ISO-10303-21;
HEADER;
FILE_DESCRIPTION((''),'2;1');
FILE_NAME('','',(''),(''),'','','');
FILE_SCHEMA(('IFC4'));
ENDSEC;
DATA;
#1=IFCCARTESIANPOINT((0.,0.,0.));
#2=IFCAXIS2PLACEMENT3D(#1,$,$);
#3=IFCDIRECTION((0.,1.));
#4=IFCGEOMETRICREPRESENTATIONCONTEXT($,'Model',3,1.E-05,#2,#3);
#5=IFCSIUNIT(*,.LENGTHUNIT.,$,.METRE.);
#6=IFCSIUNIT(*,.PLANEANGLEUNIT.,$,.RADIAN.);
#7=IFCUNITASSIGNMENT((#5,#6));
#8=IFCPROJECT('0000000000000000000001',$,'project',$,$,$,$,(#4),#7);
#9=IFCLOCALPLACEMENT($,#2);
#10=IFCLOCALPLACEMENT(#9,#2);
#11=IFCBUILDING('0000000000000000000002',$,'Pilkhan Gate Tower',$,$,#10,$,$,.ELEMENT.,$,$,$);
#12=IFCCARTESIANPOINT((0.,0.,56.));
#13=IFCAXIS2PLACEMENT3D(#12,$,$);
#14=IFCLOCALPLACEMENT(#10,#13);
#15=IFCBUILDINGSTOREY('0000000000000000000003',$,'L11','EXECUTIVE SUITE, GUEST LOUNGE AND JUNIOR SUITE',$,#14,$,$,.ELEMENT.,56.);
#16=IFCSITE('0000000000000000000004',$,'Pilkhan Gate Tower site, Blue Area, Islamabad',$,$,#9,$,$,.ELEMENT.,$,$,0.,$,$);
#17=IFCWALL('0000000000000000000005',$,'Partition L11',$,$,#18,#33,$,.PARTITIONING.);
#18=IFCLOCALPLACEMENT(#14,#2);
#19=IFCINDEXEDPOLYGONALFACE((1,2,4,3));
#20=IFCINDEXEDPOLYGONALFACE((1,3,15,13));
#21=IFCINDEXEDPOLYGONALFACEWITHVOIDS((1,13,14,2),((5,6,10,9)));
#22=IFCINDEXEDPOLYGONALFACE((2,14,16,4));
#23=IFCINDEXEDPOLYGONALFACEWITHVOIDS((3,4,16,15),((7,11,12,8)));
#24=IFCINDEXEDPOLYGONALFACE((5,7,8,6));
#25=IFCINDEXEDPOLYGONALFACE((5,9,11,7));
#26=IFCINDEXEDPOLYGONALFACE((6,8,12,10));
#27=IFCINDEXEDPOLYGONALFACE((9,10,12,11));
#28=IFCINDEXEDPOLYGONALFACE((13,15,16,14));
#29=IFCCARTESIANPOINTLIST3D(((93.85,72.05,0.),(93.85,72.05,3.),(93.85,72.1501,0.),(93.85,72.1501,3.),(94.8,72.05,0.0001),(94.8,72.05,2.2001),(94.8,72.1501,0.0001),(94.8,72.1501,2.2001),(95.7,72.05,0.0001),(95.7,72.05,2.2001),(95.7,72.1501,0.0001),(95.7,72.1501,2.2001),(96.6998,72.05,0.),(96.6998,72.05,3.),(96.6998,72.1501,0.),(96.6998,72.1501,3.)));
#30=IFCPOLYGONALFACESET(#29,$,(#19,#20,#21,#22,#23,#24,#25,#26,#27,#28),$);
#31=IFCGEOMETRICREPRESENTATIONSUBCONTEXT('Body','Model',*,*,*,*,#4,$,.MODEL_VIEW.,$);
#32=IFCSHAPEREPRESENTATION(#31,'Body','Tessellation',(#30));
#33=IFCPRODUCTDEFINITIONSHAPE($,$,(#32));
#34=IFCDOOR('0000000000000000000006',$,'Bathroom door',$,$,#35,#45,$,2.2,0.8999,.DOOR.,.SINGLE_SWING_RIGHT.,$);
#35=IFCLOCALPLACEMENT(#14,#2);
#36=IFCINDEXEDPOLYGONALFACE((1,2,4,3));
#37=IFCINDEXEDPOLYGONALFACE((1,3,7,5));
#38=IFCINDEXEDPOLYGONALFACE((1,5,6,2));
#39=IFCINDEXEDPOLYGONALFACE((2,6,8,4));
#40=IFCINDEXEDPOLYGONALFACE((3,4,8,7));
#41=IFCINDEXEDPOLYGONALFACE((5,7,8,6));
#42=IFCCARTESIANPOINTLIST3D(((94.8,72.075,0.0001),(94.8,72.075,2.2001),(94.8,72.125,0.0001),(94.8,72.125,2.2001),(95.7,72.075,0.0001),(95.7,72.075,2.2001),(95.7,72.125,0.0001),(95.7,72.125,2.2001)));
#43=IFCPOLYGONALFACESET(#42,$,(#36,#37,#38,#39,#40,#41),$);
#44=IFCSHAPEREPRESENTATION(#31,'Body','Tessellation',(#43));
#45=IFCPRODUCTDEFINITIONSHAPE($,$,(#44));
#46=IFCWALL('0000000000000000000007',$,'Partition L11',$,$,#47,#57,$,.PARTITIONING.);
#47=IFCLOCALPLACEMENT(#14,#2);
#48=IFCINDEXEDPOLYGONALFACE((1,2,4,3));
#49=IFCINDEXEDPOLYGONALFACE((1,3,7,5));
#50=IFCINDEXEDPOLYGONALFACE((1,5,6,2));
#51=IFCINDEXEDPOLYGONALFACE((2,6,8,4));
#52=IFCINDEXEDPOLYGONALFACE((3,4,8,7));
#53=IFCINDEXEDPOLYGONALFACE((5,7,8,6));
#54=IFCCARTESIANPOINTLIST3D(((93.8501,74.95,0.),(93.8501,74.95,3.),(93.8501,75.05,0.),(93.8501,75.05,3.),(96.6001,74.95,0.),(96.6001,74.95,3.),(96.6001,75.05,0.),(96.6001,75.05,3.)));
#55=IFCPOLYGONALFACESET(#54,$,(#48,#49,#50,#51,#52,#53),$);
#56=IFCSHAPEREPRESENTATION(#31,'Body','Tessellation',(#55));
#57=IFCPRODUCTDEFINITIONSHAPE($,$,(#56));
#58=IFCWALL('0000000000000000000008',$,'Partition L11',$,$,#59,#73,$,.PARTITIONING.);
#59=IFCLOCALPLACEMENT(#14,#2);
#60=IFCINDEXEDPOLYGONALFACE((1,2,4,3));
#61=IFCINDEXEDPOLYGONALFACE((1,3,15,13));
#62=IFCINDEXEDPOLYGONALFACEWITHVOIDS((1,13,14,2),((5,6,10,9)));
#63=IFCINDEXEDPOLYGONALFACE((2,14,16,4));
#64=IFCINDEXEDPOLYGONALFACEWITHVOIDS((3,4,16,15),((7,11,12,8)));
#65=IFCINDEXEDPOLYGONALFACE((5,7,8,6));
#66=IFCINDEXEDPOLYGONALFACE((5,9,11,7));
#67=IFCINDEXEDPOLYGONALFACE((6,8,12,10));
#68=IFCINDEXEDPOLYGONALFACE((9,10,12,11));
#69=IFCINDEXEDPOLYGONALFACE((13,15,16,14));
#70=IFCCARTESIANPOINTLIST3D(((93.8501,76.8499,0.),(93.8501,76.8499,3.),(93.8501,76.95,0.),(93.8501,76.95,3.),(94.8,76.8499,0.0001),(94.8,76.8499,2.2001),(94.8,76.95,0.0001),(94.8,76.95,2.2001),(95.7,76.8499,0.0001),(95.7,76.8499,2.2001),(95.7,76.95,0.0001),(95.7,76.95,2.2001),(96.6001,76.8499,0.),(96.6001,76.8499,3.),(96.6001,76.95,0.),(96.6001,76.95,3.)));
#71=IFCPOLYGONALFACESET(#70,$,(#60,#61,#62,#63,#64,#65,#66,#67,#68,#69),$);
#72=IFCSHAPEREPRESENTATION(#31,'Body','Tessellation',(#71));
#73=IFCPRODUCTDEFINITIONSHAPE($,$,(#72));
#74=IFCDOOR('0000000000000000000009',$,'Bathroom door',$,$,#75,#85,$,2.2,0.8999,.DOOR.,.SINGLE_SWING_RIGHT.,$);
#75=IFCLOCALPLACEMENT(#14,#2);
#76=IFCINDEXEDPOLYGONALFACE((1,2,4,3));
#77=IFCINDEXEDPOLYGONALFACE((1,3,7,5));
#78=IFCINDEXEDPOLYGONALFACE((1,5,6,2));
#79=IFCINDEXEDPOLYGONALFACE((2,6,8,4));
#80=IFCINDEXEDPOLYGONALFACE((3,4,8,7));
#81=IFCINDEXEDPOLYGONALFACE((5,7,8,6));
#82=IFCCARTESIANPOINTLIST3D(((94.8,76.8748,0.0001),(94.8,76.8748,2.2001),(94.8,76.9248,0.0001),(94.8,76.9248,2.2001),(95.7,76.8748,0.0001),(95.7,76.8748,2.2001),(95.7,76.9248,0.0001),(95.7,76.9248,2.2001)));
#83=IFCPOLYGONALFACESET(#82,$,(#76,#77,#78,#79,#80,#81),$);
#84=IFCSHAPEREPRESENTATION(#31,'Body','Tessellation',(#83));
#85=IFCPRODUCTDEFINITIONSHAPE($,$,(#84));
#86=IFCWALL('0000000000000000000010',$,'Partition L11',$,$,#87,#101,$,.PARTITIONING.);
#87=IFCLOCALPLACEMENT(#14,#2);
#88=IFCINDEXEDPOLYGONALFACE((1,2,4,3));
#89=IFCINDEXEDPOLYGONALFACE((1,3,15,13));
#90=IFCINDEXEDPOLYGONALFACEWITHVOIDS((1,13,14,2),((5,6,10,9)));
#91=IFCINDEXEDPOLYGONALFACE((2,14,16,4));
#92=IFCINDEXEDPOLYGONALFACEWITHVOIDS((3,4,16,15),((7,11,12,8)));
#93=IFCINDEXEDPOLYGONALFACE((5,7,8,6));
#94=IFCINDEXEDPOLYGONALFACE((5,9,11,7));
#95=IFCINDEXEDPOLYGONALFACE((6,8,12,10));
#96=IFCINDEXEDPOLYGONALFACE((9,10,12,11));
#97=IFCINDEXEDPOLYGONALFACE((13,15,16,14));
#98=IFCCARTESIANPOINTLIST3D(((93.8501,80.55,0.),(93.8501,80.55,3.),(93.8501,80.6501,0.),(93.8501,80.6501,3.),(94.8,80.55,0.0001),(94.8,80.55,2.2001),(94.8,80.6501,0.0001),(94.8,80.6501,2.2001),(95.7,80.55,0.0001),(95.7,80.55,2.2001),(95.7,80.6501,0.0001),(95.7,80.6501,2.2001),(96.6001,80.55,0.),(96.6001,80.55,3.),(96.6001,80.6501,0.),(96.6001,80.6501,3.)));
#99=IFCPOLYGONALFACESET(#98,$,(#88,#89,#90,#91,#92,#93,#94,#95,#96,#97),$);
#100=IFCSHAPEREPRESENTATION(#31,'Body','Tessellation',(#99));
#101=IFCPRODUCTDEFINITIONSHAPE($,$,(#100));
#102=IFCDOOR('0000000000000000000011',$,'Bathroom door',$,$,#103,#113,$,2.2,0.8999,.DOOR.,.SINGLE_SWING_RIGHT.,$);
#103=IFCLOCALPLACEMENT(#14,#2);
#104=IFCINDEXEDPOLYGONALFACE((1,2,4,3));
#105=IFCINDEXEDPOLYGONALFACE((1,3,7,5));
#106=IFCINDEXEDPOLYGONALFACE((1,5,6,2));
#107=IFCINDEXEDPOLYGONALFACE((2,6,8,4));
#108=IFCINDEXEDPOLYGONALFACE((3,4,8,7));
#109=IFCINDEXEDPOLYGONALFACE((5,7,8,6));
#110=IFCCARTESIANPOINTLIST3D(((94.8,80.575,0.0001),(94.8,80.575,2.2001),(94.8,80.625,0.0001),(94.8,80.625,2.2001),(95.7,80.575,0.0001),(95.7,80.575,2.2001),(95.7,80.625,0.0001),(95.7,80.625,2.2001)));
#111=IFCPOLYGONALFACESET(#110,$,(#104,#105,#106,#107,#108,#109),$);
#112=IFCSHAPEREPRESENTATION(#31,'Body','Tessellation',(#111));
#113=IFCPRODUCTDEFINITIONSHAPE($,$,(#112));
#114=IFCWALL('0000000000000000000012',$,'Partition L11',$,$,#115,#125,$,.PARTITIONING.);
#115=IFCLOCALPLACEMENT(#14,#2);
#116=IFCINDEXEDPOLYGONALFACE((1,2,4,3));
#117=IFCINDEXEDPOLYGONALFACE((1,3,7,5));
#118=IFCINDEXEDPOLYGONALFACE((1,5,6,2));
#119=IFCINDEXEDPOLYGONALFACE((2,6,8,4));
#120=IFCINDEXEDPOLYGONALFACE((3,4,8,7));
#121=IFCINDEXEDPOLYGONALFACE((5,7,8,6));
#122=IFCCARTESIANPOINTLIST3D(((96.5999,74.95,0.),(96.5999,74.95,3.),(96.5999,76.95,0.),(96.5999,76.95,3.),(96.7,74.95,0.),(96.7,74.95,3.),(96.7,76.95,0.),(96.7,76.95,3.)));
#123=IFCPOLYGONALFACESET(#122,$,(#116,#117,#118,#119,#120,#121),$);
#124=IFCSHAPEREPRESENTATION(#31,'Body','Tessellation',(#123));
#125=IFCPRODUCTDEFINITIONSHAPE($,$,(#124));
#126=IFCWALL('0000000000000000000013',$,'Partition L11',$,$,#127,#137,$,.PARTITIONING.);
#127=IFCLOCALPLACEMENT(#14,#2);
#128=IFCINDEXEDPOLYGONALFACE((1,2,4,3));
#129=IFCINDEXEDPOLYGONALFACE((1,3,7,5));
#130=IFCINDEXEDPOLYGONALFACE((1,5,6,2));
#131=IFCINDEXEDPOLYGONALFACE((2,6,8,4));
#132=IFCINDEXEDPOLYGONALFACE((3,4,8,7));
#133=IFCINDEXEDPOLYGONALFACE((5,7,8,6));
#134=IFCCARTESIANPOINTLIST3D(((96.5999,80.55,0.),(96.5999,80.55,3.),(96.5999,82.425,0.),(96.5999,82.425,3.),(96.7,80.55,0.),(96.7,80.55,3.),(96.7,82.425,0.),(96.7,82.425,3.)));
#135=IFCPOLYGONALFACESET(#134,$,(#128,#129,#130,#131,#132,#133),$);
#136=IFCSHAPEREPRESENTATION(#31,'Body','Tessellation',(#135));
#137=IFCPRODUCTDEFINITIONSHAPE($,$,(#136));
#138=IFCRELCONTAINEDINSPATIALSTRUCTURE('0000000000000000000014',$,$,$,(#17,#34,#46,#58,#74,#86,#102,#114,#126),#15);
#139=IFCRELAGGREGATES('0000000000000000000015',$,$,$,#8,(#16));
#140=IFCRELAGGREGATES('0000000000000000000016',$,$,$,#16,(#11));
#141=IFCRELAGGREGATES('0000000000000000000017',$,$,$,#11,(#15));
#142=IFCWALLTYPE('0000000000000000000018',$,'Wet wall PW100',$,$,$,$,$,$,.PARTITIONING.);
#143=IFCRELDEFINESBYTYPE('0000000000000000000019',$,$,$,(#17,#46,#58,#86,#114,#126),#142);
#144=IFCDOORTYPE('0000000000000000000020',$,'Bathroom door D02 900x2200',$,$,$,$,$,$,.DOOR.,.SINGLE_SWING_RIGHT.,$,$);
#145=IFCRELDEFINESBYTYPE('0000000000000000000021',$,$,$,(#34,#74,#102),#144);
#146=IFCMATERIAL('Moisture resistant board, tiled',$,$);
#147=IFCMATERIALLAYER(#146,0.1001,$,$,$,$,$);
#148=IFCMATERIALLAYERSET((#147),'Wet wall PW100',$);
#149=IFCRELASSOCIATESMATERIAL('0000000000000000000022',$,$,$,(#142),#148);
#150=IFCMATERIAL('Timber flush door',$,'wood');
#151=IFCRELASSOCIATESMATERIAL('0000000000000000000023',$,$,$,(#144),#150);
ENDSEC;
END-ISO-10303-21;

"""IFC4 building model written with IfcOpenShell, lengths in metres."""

from ifc_helpers import new_model, si_unit, direction, frame, frame_2d, origin, place, context, subcontext, project, spatial, rectangle, extrude, material, layer, layer_set, type_object, element, fill, save


model = new_model("IFC4")

# Units and contexts
model_context = context("Model", 3, precision=1e-05, world=origin(), true_north=direction((0.0, 1.0)))
body_context = subcontext(model_context, "Body", "Model", "MODEL_VIEW")
ifc_project = project(units=[si_unit("LENGTHUNIT", "METRE"), si_unit("PLANEANGLEUNIT", "RADIAN")], contexts=[model_context])

# Site, building, storey
site_placement = place(None, origin())
site = spatial("IfcSite", under=ifc_project, at=site_placement, Name="Pilkhan Gate Tower site, Blue Area, Islamabad", CompositionType="ELEMENT", RefElevation=0.0)
building_placement = place(site_placement, origin())
building = spatial("IfcBuilding", under=site, at=building_placement, Name="Pilkhan Gate Tower", CompositionType="ELEMENT")
storey_placement = place(building_placement, frame((0.0, 0.0, 56.0)))
storey = spatial("IfcBuildingStorey", under=building, at=storey_placement, Name="L11", Description="EXECUTIVE SUITE, GUEST LOUNGE AND JUNIOR SUITE", CompositionType="ELEMENT", Elevation=56.0)

# Wall, opening, door
ifc_material_1 = material(Name="Moisture resistant board, tiled")
ifc_layer_1 = layer(ifc_material_1, 0.1001)
ifc_layer_set_1 = layer_set([ifc_layer_1], Name="Wet wall PW100")
wall_type_1 = type_object("IfcWallType", Name="Wet wall PW100", PredefinedType="PARTITIONING", material=ifc_layer_set_1)
wall_1_placement = place(storey_placement, frame((93.8501, 72.1001, 0.0), z_axis=(0.0, 0.0, 1.0), x_axis=(1.0, 0.0, 0.0)))
wall_1 = element("IfcWall", 1, at=wall_1_placement, inside=storey, type_object=wall_type_1, Name="Partition L11", PredefinedType="PARTITIONING", context=body_context, shape_type="SweptSolid", body=[
    extrude(rectangle(XDim=2.8499, YDim=0.1001, at=frame_2d((1.4248, 0.0))), origin(), (0.0, 0.0, 1.0), 3.0),
])
opening_1_placement = place(wall_1_placement, frame((0.95, 0.0, 0.0)))
opening_1 = element("IfcOpeningElement", 2, at=opening_1_placement, cuts=wall_1, PredefinedType="OPENING", context=body_context, shape_type="SweptSolid", body=[
    extrude(rectangle(XDim=0.8999, YDim=2.2, at=frame_2d((0.45, 1.1001))), frame((0.0, 0.0601, 0.0), z_axis=(0.0, -1.0, 0.0), x_axis=(1.0, 0.0, 0.0)), (0.0, 0.0, 1.0), 0.1201),
])
ifc_material_2 = material(Name="Timber flush door", Category="wood")
door_type_1 = type_object("IfcDoorType", Name="Bathroom door D02 900x2200", OperationType="SINGLE_SWING_RIGHT", PredefinedType="DOOR", material=ifc_material_2)
door_1_placement = place(opening_1_placement, origin())
door_1 = element("IfcDoor", 3, at=door_1_placement, inside=storey, type_object=door_type_1, Name="Bathroom door", OperationType="SINGLE_SWING_RIGHT", OverallHeight=2.2, OverallWidth=0.8999, PredefinedType="DOOR", context=body_context, shape_type="SweptSolid", body=[
    extrude(rectangle(XDim=0.8999, YDim=2.2, at=frame_2d((0.45, 1.1001))), frame((0.0, 0.0249, 0.0), z_axis=(0.0, -1.0, 0.0), x_axis=(1.0, 0.0, 0.0)), (0.0, 0.0, 1.0), 0.05),
])
fill(opening_1, door_1)

# Wall
wall_2_placement = place(storey_placement, frame((93.8501, 75.0, 0.0), z_axis=(0.0, 0.0, 1.0), x_axis=(1.0, 0.0, 0.0)))
element("IfcWall", 4, at=wall_2_placement, inside=storey, type_object=wall_type_1, Name="Partition L11", PredefinedType="PARTITIONING", context=body_context, shape_type="SweptSolid", body=[
    extrude(rectangle(XDim=2.75, YDim=0.1001, at=frame_2d((1.375, 0.0))), origin(), (0.0, 0.0, 1.0), 3.0),
])

# Walls, openings, doors
wall_3_placement = place(storey_placement, frame((93.8501, 76.8999, 0.0), z_axis=(0.0, 0.0, 1.0), x_axis=(1.0, 0.0, 0.0)))
wall_3 = element("IfcWall", 5, at=wall_3_placement, inside=storey, type_object=wall_type_1, Name="Partition L11", PredefinedType="PARTITIONING", context=body_context, shape_type="SweptSolid", body=[
    extrude(rectangle(XDim=2.75, YDim=0.1001, at=frame_2d((1.375, 0.0))), origin(), (0.0, 0.0, 1.0), 3.0),
])
opening_2_placement = place(wall_3_placement, frame((0.95, 0.0, 0.0)))
opening_2 = element("IfcOpeningElement", 6, at=opening_2_placement, cuts=wall_3, PredefinedType="OPENING", context=body_context, shape_type="SweptSolid", body=[
    extrude(rectangle(XDim=0.8999, YDim=2.2, at=frame_2d((0.45, 1.1001))), frame((0.0, 0.0601, 0.0), z_axis=(0.0, -1.0, 0.0), x_axis=(1.0, 0.0, 0.0)), (0.0, 0.0, 1.0), 0.1201),
])
door_2_placement = place(opening_2_placement, origin())
door_2 = element("IfcDoor", 7, at=door_2_placement, inside=storey, type_object=door_type_1, Name="Bathroom door", OperationType="SINGLE_SWING_RIGHT", OverallHeight=2.2, OverallWidth=0.8999, PredefinedType="DOOR", context=body_context, shape_type="SweptSolid", body=[
    extrude(rectangle(XDim=0.8999, YDim=2.2, at=frame_2d((0.45, 1.1001))), frame((0.0, 0.0249, 0.0), z_axis=(0.0, -1.0, 0.0), x_axis=(1.0, 0.0, 0.0)), (0.0, 0.0, 1.0), 0.05),
])
fill(opening_2, door_2)
wall_4_placement = place(storey_placement, frame((93.8501, 80.6001, 0.0), z_axis=(0.0, 0.0, 1.0), x_axis=(1.0, 0.0, 0.0)))
wall_4 = element("IfcWall", 8, at=wall_4_placement, inside=storey, type_object=wall_type_1, Name="Partition L11", PredefinedType="PARTITIONING", context=body_context, shape_type="SweptSolid", body=[
    extrude(rectangle(XDim=2.75, YDim=0.1001, at=frame_2d((1.375, 0.0))), origin(), (0.0, 0.0, 1.0), 3.0),
])
opening_3_placement = place(wall_4_placement, frame((0.95, 0.0, 0.0)))
opening_3 = element("IfcOpeningElement", 9, at=opening_3_placement, cuts=wall_4, PredefinedType="OPENING", context=body_context, shape_type="SweptSolid", body=[
    extrude(rectangle(XDim=0.8999, YDim=2.2, at=frame_2d((0.45, 1.1001))), frame((0.0, 0.0601, 0.0), z_axis=(0.0, -1.0, 0.0), x_axis=(1.0, 0.0, 0.0)), (0.0, 0.0, 1.0), 0.1201),
])
door_3_placement = place(opening_3_placement, origin())
door_3 = element("IfcDoor", 10, at=door_3_placement, inside=storey, type_object=door_type_1, Name="Bathroom door", OperationType="SINGLE_SWING_RIGHT", OverallHeight=2.2, OverallWidth=0.8999, PredefinedType="DOOR", context=body_context, shape_type="SweptSolid", body=[
    extrude(rectangle(XDim=0.8999, YDim=2.2, at=frame_2d((0.45, 1.1001))), frame((0.0, 0.0249, 0.0), z_axis=(0.0, -1.0, 0.0), x_axis=(1.0, 0.0, 0.0)), (0.0, 0.0, 1.0), 0.05),
])
fill(opening_3, door_3)

# Walls
wall_5_placement = place(storey_placement, frame((96.6499, 74.95, 0.0), z_axis=(0.0, 0.0, 1.0), x_axis=(0.0, 1.0, 0.0)))
element("IfcWall", 11, at=wall_5_placement, inside=storey, type_object=wall_type_1, Name="Partition L11", PredefinedType="PARTITIONING", context=body_context, shape_type="SweptSolid", body=[
    extrude(rectangle(XDim=2.0, YDim=0.1001, at=frame_2d((1.0, 0.0))), origin(), (0.0, 0.0, 1.0), 3.0),
])
wall_6_placement = place(storey_placement, frame((96.6499, 80.55, 0.0), z_axis=(0.0, 0.0, 1.0), x_axis=(0.0, 1.0, 0.0)))
element("IfcWall", 12, at=wall_6_placement, inside=storey, type_object=wall_type_1, Name="Partition L11", PredefinedType="PARTITIONING", context=body_context, shape_type="SweptSolid", body=[
    extrude(rectangle(XDim=1.875, YDim=0.1001, at=frame_2d((0.9375, 0.0))), origin(), (0.0, 0.0, 1.0), 3.0),
])

save(model, "model.ifc")
